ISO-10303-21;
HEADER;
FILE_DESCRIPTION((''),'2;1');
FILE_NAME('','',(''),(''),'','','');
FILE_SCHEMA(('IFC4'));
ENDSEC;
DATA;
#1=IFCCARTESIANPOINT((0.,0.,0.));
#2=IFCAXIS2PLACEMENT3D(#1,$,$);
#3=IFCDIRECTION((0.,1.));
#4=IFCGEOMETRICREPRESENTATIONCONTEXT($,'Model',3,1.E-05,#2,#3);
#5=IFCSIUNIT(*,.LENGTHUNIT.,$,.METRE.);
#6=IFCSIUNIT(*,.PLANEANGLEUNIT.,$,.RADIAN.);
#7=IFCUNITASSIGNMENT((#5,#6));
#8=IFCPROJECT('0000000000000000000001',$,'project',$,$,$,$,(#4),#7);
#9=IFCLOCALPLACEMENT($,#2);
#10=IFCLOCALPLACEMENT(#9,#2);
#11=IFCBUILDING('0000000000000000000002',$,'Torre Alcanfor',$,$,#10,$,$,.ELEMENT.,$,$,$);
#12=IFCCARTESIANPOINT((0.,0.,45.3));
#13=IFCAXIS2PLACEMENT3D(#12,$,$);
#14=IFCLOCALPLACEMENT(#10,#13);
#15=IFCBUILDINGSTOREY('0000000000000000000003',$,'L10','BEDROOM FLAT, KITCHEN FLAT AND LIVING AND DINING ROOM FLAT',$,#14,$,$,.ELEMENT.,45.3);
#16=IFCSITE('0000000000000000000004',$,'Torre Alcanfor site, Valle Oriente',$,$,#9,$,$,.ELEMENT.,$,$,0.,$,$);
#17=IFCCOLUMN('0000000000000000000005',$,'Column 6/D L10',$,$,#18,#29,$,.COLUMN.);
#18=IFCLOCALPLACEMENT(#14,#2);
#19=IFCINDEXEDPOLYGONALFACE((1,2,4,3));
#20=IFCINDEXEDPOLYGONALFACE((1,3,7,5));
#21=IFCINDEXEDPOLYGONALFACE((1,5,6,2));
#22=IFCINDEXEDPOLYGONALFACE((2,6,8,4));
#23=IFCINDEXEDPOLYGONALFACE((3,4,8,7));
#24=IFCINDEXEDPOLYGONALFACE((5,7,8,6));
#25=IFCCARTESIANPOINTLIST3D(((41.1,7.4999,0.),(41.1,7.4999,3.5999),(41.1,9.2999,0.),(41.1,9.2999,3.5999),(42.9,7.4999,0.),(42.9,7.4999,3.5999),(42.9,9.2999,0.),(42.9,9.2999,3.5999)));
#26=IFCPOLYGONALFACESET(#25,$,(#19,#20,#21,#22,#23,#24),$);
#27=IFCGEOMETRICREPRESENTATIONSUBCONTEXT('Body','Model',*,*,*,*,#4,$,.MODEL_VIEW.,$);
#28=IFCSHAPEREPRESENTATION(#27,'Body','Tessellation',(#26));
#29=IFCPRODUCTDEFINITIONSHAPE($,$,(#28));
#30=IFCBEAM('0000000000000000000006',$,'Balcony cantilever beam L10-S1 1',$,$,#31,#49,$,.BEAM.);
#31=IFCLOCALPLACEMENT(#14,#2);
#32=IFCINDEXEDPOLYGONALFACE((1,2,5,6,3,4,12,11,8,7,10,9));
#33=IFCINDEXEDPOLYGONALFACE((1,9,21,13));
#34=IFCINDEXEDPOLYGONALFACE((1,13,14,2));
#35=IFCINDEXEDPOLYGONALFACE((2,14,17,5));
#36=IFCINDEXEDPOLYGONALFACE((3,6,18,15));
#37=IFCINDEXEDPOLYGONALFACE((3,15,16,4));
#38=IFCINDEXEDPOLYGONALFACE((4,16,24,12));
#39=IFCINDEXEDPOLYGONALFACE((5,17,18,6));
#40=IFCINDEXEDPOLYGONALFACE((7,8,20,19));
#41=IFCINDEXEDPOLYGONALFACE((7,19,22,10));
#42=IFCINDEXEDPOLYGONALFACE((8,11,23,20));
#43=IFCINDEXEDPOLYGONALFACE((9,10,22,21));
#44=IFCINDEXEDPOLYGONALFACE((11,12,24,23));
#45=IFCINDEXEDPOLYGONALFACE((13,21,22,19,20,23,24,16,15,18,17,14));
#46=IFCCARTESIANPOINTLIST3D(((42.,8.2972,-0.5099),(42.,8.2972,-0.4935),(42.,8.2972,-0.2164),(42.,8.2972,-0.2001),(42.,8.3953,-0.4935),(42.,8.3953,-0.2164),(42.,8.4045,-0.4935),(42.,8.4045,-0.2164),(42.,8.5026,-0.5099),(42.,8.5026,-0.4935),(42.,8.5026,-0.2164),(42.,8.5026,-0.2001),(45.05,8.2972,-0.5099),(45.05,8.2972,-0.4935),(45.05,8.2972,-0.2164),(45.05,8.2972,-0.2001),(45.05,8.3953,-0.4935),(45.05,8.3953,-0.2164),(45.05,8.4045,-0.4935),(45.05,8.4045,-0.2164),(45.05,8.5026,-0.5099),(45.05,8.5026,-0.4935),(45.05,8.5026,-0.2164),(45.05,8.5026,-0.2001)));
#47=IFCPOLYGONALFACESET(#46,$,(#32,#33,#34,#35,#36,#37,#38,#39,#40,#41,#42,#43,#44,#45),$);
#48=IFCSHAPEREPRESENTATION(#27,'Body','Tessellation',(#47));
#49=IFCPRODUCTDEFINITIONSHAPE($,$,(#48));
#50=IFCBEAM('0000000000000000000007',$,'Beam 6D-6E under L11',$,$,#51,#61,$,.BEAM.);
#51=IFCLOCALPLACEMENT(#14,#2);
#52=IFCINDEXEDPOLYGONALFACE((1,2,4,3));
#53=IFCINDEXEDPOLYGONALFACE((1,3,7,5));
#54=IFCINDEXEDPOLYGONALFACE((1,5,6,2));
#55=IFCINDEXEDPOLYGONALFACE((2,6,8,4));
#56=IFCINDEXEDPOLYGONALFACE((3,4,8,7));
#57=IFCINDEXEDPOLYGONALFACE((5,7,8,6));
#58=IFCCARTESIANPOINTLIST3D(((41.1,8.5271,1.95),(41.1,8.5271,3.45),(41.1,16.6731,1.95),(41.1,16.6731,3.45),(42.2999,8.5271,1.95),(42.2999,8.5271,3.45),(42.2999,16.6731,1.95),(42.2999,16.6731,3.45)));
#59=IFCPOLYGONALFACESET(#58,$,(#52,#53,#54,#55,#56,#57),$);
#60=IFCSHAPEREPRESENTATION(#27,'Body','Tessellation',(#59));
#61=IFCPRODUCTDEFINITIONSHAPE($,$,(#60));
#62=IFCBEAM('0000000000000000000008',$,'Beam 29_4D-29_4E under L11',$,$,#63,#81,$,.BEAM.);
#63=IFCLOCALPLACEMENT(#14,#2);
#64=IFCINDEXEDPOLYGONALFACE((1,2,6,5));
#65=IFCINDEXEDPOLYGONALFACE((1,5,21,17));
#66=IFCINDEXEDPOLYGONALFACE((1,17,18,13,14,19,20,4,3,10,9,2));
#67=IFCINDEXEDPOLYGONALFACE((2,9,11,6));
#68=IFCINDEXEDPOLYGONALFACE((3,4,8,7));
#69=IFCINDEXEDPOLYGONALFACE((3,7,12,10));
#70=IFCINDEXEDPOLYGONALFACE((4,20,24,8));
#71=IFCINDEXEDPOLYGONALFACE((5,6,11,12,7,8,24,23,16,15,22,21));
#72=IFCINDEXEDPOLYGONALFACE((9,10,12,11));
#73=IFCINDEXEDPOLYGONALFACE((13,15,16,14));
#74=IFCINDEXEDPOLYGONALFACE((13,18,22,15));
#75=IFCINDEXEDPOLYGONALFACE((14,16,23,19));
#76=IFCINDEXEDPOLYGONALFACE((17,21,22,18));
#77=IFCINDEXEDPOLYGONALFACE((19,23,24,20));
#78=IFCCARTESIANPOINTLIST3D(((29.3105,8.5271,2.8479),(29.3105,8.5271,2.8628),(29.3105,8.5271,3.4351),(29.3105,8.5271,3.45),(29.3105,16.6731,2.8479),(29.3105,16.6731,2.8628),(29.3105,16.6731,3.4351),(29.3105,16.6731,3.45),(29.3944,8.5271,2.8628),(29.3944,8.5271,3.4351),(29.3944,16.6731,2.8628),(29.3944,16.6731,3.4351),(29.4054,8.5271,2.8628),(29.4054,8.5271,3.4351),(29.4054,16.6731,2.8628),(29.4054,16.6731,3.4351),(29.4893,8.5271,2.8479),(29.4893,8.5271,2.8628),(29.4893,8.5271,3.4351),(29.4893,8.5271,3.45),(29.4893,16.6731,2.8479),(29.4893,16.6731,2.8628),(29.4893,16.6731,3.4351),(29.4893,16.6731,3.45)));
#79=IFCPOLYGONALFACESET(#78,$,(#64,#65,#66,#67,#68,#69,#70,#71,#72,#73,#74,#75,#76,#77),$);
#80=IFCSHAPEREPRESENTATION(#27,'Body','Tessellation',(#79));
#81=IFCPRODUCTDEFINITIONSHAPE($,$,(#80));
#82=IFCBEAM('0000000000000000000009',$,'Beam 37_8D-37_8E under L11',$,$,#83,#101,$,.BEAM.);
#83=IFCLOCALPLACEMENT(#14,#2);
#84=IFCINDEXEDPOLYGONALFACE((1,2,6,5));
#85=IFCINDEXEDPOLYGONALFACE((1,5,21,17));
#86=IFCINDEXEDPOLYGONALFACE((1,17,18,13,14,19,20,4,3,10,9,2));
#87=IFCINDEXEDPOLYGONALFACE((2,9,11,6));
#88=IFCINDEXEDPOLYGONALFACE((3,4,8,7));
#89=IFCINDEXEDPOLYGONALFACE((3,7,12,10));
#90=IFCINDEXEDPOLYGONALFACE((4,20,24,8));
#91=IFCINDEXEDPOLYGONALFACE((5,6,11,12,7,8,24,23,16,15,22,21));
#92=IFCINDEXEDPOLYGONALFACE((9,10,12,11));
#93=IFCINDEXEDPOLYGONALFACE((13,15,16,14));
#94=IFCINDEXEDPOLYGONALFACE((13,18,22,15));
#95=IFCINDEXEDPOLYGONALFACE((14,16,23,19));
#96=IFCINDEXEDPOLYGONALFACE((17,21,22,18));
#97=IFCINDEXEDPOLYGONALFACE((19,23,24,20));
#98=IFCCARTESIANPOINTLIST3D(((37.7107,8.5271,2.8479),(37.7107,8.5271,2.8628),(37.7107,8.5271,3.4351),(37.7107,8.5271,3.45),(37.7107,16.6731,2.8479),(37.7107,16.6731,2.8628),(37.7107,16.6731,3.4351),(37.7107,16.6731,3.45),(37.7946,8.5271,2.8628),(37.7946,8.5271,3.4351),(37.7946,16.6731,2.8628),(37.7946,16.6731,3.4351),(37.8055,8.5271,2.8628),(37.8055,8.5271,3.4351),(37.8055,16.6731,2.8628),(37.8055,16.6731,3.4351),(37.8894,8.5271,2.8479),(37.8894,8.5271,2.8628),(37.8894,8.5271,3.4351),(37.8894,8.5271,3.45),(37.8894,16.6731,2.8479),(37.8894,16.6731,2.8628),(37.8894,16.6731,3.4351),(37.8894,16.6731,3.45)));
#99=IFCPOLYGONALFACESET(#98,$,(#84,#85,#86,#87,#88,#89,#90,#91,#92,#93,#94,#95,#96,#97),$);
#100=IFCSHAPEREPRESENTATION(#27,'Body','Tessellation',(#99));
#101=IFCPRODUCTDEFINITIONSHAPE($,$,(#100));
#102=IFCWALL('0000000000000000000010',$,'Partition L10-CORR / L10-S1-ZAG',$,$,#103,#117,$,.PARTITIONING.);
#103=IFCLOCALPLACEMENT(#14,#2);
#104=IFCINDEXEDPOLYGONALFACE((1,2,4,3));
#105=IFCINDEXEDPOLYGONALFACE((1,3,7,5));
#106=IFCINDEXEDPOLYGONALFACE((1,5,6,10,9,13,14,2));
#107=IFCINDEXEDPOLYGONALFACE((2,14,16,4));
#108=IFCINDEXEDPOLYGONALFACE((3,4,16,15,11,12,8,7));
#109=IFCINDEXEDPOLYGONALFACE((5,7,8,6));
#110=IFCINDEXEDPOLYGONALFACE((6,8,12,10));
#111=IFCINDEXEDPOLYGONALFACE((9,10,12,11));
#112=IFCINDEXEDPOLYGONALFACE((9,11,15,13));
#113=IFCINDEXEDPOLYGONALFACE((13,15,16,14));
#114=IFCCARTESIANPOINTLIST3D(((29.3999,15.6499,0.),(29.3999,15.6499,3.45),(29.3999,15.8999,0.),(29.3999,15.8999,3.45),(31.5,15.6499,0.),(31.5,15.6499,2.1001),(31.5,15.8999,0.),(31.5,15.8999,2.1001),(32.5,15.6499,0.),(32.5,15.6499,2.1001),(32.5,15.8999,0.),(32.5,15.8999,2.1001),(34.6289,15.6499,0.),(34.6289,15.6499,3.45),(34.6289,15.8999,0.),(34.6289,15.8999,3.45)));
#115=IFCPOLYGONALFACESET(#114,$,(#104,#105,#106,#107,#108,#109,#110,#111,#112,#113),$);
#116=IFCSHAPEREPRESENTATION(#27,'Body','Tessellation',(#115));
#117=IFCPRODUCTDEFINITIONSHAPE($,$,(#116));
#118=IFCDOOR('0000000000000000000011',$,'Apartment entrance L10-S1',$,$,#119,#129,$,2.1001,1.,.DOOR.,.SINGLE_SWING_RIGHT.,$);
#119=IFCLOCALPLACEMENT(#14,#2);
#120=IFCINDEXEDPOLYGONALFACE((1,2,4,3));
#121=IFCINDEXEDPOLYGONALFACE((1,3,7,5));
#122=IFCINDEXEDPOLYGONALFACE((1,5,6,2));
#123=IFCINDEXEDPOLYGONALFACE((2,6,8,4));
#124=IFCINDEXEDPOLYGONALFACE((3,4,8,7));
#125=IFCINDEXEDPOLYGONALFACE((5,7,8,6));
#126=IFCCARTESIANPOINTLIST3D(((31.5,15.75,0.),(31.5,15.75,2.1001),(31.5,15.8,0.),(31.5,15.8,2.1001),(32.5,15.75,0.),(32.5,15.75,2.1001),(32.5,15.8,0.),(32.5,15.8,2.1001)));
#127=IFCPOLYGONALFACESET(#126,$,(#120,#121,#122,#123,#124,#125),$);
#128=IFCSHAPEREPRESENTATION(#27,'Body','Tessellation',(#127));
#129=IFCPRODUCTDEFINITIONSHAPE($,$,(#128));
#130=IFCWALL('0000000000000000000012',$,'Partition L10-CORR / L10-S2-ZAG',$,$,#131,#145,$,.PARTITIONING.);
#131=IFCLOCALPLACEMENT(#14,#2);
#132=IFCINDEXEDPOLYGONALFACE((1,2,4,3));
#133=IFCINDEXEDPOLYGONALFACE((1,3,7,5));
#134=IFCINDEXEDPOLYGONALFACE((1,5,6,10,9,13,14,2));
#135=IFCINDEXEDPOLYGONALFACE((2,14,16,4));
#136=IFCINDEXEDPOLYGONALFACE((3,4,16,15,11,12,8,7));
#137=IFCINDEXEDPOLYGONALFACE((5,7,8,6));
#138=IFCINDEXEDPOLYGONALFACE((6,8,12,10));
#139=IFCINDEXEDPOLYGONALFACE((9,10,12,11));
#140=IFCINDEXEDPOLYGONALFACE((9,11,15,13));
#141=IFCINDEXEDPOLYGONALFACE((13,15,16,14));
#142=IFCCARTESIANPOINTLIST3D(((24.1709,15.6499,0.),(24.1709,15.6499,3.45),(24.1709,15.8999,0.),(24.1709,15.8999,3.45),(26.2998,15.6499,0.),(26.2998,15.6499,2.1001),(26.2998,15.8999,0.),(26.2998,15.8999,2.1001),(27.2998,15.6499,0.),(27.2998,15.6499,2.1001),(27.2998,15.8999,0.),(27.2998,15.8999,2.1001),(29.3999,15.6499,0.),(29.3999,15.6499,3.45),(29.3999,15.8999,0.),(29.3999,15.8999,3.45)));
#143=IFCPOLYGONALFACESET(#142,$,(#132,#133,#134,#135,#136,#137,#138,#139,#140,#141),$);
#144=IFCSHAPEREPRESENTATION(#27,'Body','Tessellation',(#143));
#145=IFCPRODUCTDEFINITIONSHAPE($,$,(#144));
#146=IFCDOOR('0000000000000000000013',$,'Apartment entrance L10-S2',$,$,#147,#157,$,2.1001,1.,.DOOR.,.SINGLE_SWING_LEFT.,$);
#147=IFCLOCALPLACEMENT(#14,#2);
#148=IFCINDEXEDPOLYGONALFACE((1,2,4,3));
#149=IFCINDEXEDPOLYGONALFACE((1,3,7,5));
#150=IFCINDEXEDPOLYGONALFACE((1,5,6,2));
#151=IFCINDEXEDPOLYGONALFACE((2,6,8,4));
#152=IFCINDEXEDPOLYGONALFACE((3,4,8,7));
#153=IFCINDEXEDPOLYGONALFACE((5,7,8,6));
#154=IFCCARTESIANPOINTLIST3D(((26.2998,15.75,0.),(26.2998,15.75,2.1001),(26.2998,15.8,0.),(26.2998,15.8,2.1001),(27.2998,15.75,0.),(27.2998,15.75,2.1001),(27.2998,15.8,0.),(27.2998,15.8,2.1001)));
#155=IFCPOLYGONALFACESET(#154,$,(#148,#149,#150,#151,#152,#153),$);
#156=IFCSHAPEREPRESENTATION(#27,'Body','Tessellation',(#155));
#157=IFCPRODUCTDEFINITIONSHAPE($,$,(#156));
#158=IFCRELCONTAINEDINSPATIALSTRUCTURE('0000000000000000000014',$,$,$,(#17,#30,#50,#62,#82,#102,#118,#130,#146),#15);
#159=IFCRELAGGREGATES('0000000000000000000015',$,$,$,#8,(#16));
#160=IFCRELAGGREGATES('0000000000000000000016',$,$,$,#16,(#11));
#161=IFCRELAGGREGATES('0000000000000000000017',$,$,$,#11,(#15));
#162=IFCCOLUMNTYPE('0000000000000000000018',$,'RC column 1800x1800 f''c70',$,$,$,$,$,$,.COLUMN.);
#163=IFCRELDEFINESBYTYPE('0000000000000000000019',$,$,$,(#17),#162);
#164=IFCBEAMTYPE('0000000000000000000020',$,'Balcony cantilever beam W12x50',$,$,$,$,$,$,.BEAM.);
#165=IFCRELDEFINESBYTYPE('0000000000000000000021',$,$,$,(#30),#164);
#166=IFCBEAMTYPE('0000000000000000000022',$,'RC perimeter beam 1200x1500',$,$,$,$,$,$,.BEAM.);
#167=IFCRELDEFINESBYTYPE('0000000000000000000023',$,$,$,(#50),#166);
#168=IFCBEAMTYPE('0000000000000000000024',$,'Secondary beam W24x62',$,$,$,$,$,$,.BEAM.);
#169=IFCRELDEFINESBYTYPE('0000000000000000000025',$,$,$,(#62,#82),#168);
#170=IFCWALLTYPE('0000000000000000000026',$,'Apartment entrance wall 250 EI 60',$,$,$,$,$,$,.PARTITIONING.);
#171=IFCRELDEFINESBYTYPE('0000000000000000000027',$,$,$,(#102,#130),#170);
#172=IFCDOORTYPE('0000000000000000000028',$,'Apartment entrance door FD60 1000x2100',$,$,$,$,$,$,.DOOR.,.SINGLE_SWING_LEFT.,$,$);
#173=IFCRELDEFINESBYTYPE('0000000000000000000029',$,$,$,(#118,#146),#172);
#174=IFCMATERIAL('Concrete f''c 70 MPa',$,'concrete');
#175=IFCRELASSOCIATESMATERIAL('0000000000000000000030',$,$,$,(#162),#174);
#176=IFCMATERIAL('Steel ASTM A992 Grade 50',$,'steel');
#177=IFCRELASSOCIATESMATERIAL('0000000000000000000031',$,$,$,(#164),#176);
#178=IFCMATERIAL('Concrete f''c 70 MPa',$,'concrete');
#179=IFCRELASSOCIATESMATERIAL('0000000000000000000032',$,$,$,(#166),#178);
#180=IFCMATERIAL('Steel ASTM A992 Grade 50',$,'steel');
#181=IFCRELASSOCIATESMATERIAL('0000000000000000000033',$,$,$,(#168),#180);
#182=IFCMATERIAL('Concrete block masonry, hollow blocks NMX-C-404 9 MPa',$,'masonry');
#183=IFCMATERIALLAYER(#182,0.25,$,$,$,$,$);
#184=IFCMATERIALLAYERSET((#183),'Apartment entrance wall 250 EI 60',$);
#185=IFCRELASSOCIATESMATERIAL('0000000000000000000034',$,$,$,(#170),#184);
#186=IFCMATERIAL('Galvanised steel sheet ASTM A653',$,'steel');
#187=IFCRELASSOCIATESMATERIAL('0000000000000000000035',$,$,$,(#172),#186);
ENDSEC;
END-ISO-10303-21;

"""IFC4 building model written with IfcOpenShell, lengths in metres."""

from ifc_helpers import new_model, si_unit, direction, frame, frame_2d, origin, origin_2d, place, context, subcontext, project, spatial, rectangle, i_section, extrude, material, layer, layer_set, material_profile, profile_set, type_object, element, fill, save


model = new_model("IFC4")

# Units and contexts
model_context = context("Model", 3, precision=1e-05, world=origin(), true_north=direction((0.0, 1.0)))
body_context = subcontext(model_context, "Body", "Model", "MODEL_VIEW")
ifc_project = project(units=[si_unit("LENGTHUNIT", "METRE"), si_unit("PLANEANGLEUNIT", "RADIAN")], contexts=[model_context])

# Site, building, storey
site_placement = place(None, origin())
site = spatial("IfcSite", under=ifc_project, at=site_placement, Name="Torre Alcanfor site, Valle Oriente", CompositionType="ELEMENT", RefElevation=0.0)
building_placement = place(site_placement, origin())
building = spatial("IfcBuilding", under=site, at=building_placement, Name="Torre Alcanfor", CompositionType="ELEMENT")
storey_placement = place(building_placement, frame((0.0, 0.0, 45.3)))
storey = spatial("IfcBuildingStorey", under=building, at=storey_placement, Name="L10", Description="BEDROOM FLAT, KITCHEN FLAT AND LIVING AND DINING ROOM FLAT", CompositionType="ELEMENT", Elevation=45.3)

# Column
ifc_material_1 = material(Name="Concrete f'c 70 MPa", Category="concrete")
ifc_material_profile_1 = material_profile(ifc_material_1, rectangle(XDim=1.8, YDim=1.8, at=origin_2d()), Name="1800x1800")
ifc_profile_set_1 = profile_set([ifc_material_profile_1], Name="Concrete f'c 70 MPa")
column_type = type_object("IfcColumnType", Name="RC column 1800x1800 f'c70", PredefinedType="COLUMN", material=ifc_profile_set_1)
column_placement = place(storey_placement, frame((42.0, 8.3999, 0.0), z_axis=(0.0, 0.0, 1.0), x_axis=(1.0, 0.0, 0.0)))
element("IfcColumn", 1, at=column_placement, inside=storey, type_object=column_type, Name="Column 6/D L10", PredefinedType="COLUMN", context=body_context, shape_type="SweptSolid", body=[
    extrude(rectangle(XDim=1.8, YDim=1.8, at=origin_2d()), origin(), (0.0, 0.0, 1.0), 3.5999),
])

# Beams
ifc_material_2 = material(Name="Steel ASTM A992 Grade 50", Category="steel")
ifc_material_profile_2 = material_profile(ifc_material_2, i_section(OverallWidth=0.2053, OverallDepth=0.3098, WebThickness=0.0093, FlangeThickness=0.0164, at=origin_2d()), Name="W12x50")
ifc_profile_set_2 = profile_set([ifc_material_profile_2], Name="Steel ASTM A992 Grade 50")
beam_type_1 = type_object("IfcBeamType", Name="Balcony cantilever beam W12x50", PredefinedType="BEAM", material=ifc_profile_set_2)
beam_1_placement = place(storey_placement, frame((42.0, 8.3999, -0.355), z_axis=(1.0, 0.0, 0.0), x_axis=(0.0, 1.0, 0.0)))
element("IfcBeam", 2, at=beam_1_placement, inside=storey, type_object=beam_type_1, Name="Balcony cantilever beam L10-S1 1", PredefinedType="BEAM", context=body_context, shape_type="SweptSolid", body=[
    extrude(i_section(OverallWidth=0.2053, OverallDepth=0.3098, WebThickness=0.0093, FlangeThickness=0.0164, at=origin_2d()), origin(), (0.0, 0.0, 1.0), 3.05),
])
ifc_material_3 = material(Name="Concrete f'c 70 MPa", Category="concrete")
ifc_material_profile_3 = material_profile(ifc_material_3, rectangle(XDim=1.2, YDim=1.5, at=origin_2d()), Name="1200x1500")
ifc_profile_set_3 = profile_set([ifc_material_profile_3], Name="Concrete f'c 70 MPa")
beam_type_2 = type_object("IfcBeamType", Name="RC perimeter beam 1200x1500", PredefinedType="BEAM", material=ifc_profile_set_3)
beam_2_placement = place(storey_placement, frame((41.7, 8.5271, 2.7), z_axis=(0.0, 1.0, 0.0), x_axis=(-1.0, 0.0, 0.0)))
element("IfcBeam", 3, at=beam_2_placement, inside=storey, type_object=beam_type_2, Name="Beam 6D-6E under L11", PredefinedType="BEAM", context=body_context, shape_type="SweptSolid", body=[
    extrude(rectangle(XDim=1.2, YDim=1.5, at=origin_2d()), origin(), (0.0, 0.0, 1.0), 8.146),
])
ifc_material_4 = material(Name="Steel ASTM A992 Grade 50", Category="steel")
ifc_material_profile_4 = material_profile(ifc_material_4, i_section(OverallWidth=0.1787, OverallDepth=0.6021, WebThickness=0.011, FlangeThickness=0.0149, at=origin_2d()), Name="W24x62")
ifc_profile_set_4 = profile_set([ifc_material_profile_4], Name="Steel ASTM A992 Grade 50")
beam_type_3 = type_object("IfcBeamType", Name="Secondary beam W24x62", PredefinedType="BEAM", material=ifc_profile_set_4)
for number, where, z_axis, x_axis, name in (
    (4, (29.3999, 8.5271, 3.1489), (0.0, 1.0, 0.0), (-1.0, 0.0, 0.0), "Beam 29_4D-29_4E under L11"),
    (5, (37.8, 8.5271, 3.1489), (0.0, 1.0, 0.0), (-1.0, 0.0, 0.0), "Beam 37_8D-37_8E under L11"),
):
    element("IfcBeam", number, at=place(storey_placement, frame(where, z_axis=z_axis, x_axis=x_axis)), inside=storey, type_object=beam_type_3, Name=name, PredefinedType="BEAM", context=body_context, shape_type="SweptSolid", body=[
        extrude(i_section(OverallWidth=0.1787, OverallDepth=0.6021, WebThickness=0.011, FlangeThickness=0.0149, at=origin_2d()), origin(), (0.0, 0.0, 1.0), 8.146),
    ])

# Walls, openings, doors
ifc_material_5 = material(Name="Concrete block masonry, hollow blocks NMX-C-404 9 MPa", Category="masonry")
ifc_layer_1 = layer(ifc_material_5, 0.25)
ifc_layer_set_1 = layer_set([ifc_layer_1], Name="Apartment entrance wall 250 EI 60")
wall_type_1 = type_object("IfcWallType", Name="Apartment entrance wall 250 EI 60", PredefinedType="PARTITIONING", material=ifc_layer_set_1)
wall_1_placement = place(storey_placement, frame((34.6289, 15.7749, 0.0), z_axis=(0.0, 0.0, 1.0), x_axis=(-1.0, 0.0, 0.0)))
wall_1 = element("IfcWall", 6, at=wall_1_placement, inside=storey, type_object=wall_type_1, Name="Partition L10-CORR / L10-S1-ZAG", PredefinedType="PARTITIONING", context=body_context, shape_type="SweptSolid", body=[
    extrude(rectangle(XDim=5.229, YDim=0.25, at=frame_2d((2.6145, 0.0))), origin(), (0.0, 0.0, 1.0), 3.45),
])
opening_1_placement = place(wall_1_placement, frame((2.1289, 0.0, 0.0)))
opening_1 = element("IfcOpeningElement", 7, at=opening_1_placement, cuts=wall_1, PredefinedType="OPENING", context=body_context, shape_type="SweptSolid", body=[
    extrude(rectangle(XDim=1.0, YDim=2.1001, at=frame_2d((0.5, 1.05))), frame((0.0, 0.135, 0.0), z_axis=(0.0, -1.0, 0.0), x_axis=(1.0, 0.0, 0.0)), (0.0, 0.0, 1.0), 0.27),
])
ifc_material_6 = material(Name="Galvanised steel sheet ASTM A653", Category="steel")
door_type_1 = type_object("IfcDoorType", Name="Apartment entrance door FD60 1000x2100", OperationType="SINGLE_SWING_LEFT", PredefinedType="DOOR", material=ifc_material_6)
door_1_placement = place(opening_1_placement, origin())
door_1 = element("IfcDoor", 8, at=door_1_placement, inside=storey, type_object=door_type_1, Name="Apartment entrance L10-S1", OperationType="SINGLE_SWING_RIGHT", OverallHeight=2.1001, OverallWidth=1.0, PredefinedType="DOOR", context=body_context, shape_type="SweptSolid", body=[
    extrude(rectangle(XDim=1.0, YDim=2.1001, at=frame_2d((0.5, 1.05))), frame((0.0, 0.0249, 0.0), z_axis=(0.0, -1.0, 0.0), x_axis=(1.0, 0.0, 0.0)), (0.0, 0.0, 1.0), 0.05),
])
fill(opening_1, door_1)
wall_2_placement = place(storey_placement, frame((29.3999, 15.7749, 0.0), z_axis=(0.0, 0.0, 1.0), x_axis=(-1.0, 0.0, 0.0)))
wall_2 = element("IfcWall", 9, at=wall_2_placement, inside=storey, type_object=wall_type_1, Name="Partition L10-CORR / L10-S2-ZAG", PredefinedType="PARTITIONING", context=body_context, shape_type="SweptSolid", body=[
    extrude(rectangle(XDim=5.229, YDim=0.25, at=frame_2d((2.6145, 0.0))), origin(), (0.0, 0.0, 1.0), 3.45),
])
opening_2_placement = place(wall_2_placement, frame((2.1001, 0.0, 0.0)))
opening_2 = element("IfcOpeningElement", 10, at=opening_2_placement, cuts=wall_2, PredefinedType="OPENING", context=body_context, shape_type="SweptSolid", body=[
    extrude(rectangle(XDim=1.0, YDim=2.1001, at=frame_2d((0.5, 1.05))), frame((0.0, 0.135, 0.0), z_axis=(0.0, -1.0, 0.0), x_axis=(1.0, 0.0, 0.0)), (0.0, 0.0, 1.0), 0.27),
])
door_2_placement = place(opening_2_placement, origin())
door_2 = element("IfcDoor", 11, at=door_2_placement, inside=storey, type_object=door_type_1, Name="Apartment entrance L10-S2", OperationType="SINGLE_SWING_LEFT", OverallHeight=2.1001, OverallWidth=1.0, PredefinedType="DOOR", context=body_context, shape_type="SweptSolid", body=[
    extrude(rectangle(XDim=1.0, YDim=2.1001, at=frame_2d((0.5, 1.05))), frame((0.0, 0.0249, 0.0), z_axis=(0.0, -1.0, 0.0), x_axis=(1.0, 0.0, 0.0)), (0.0, 0.0, 1.0), 0.05),
])
fill(opening_2, door_2)

save(model, "model.ifc")
